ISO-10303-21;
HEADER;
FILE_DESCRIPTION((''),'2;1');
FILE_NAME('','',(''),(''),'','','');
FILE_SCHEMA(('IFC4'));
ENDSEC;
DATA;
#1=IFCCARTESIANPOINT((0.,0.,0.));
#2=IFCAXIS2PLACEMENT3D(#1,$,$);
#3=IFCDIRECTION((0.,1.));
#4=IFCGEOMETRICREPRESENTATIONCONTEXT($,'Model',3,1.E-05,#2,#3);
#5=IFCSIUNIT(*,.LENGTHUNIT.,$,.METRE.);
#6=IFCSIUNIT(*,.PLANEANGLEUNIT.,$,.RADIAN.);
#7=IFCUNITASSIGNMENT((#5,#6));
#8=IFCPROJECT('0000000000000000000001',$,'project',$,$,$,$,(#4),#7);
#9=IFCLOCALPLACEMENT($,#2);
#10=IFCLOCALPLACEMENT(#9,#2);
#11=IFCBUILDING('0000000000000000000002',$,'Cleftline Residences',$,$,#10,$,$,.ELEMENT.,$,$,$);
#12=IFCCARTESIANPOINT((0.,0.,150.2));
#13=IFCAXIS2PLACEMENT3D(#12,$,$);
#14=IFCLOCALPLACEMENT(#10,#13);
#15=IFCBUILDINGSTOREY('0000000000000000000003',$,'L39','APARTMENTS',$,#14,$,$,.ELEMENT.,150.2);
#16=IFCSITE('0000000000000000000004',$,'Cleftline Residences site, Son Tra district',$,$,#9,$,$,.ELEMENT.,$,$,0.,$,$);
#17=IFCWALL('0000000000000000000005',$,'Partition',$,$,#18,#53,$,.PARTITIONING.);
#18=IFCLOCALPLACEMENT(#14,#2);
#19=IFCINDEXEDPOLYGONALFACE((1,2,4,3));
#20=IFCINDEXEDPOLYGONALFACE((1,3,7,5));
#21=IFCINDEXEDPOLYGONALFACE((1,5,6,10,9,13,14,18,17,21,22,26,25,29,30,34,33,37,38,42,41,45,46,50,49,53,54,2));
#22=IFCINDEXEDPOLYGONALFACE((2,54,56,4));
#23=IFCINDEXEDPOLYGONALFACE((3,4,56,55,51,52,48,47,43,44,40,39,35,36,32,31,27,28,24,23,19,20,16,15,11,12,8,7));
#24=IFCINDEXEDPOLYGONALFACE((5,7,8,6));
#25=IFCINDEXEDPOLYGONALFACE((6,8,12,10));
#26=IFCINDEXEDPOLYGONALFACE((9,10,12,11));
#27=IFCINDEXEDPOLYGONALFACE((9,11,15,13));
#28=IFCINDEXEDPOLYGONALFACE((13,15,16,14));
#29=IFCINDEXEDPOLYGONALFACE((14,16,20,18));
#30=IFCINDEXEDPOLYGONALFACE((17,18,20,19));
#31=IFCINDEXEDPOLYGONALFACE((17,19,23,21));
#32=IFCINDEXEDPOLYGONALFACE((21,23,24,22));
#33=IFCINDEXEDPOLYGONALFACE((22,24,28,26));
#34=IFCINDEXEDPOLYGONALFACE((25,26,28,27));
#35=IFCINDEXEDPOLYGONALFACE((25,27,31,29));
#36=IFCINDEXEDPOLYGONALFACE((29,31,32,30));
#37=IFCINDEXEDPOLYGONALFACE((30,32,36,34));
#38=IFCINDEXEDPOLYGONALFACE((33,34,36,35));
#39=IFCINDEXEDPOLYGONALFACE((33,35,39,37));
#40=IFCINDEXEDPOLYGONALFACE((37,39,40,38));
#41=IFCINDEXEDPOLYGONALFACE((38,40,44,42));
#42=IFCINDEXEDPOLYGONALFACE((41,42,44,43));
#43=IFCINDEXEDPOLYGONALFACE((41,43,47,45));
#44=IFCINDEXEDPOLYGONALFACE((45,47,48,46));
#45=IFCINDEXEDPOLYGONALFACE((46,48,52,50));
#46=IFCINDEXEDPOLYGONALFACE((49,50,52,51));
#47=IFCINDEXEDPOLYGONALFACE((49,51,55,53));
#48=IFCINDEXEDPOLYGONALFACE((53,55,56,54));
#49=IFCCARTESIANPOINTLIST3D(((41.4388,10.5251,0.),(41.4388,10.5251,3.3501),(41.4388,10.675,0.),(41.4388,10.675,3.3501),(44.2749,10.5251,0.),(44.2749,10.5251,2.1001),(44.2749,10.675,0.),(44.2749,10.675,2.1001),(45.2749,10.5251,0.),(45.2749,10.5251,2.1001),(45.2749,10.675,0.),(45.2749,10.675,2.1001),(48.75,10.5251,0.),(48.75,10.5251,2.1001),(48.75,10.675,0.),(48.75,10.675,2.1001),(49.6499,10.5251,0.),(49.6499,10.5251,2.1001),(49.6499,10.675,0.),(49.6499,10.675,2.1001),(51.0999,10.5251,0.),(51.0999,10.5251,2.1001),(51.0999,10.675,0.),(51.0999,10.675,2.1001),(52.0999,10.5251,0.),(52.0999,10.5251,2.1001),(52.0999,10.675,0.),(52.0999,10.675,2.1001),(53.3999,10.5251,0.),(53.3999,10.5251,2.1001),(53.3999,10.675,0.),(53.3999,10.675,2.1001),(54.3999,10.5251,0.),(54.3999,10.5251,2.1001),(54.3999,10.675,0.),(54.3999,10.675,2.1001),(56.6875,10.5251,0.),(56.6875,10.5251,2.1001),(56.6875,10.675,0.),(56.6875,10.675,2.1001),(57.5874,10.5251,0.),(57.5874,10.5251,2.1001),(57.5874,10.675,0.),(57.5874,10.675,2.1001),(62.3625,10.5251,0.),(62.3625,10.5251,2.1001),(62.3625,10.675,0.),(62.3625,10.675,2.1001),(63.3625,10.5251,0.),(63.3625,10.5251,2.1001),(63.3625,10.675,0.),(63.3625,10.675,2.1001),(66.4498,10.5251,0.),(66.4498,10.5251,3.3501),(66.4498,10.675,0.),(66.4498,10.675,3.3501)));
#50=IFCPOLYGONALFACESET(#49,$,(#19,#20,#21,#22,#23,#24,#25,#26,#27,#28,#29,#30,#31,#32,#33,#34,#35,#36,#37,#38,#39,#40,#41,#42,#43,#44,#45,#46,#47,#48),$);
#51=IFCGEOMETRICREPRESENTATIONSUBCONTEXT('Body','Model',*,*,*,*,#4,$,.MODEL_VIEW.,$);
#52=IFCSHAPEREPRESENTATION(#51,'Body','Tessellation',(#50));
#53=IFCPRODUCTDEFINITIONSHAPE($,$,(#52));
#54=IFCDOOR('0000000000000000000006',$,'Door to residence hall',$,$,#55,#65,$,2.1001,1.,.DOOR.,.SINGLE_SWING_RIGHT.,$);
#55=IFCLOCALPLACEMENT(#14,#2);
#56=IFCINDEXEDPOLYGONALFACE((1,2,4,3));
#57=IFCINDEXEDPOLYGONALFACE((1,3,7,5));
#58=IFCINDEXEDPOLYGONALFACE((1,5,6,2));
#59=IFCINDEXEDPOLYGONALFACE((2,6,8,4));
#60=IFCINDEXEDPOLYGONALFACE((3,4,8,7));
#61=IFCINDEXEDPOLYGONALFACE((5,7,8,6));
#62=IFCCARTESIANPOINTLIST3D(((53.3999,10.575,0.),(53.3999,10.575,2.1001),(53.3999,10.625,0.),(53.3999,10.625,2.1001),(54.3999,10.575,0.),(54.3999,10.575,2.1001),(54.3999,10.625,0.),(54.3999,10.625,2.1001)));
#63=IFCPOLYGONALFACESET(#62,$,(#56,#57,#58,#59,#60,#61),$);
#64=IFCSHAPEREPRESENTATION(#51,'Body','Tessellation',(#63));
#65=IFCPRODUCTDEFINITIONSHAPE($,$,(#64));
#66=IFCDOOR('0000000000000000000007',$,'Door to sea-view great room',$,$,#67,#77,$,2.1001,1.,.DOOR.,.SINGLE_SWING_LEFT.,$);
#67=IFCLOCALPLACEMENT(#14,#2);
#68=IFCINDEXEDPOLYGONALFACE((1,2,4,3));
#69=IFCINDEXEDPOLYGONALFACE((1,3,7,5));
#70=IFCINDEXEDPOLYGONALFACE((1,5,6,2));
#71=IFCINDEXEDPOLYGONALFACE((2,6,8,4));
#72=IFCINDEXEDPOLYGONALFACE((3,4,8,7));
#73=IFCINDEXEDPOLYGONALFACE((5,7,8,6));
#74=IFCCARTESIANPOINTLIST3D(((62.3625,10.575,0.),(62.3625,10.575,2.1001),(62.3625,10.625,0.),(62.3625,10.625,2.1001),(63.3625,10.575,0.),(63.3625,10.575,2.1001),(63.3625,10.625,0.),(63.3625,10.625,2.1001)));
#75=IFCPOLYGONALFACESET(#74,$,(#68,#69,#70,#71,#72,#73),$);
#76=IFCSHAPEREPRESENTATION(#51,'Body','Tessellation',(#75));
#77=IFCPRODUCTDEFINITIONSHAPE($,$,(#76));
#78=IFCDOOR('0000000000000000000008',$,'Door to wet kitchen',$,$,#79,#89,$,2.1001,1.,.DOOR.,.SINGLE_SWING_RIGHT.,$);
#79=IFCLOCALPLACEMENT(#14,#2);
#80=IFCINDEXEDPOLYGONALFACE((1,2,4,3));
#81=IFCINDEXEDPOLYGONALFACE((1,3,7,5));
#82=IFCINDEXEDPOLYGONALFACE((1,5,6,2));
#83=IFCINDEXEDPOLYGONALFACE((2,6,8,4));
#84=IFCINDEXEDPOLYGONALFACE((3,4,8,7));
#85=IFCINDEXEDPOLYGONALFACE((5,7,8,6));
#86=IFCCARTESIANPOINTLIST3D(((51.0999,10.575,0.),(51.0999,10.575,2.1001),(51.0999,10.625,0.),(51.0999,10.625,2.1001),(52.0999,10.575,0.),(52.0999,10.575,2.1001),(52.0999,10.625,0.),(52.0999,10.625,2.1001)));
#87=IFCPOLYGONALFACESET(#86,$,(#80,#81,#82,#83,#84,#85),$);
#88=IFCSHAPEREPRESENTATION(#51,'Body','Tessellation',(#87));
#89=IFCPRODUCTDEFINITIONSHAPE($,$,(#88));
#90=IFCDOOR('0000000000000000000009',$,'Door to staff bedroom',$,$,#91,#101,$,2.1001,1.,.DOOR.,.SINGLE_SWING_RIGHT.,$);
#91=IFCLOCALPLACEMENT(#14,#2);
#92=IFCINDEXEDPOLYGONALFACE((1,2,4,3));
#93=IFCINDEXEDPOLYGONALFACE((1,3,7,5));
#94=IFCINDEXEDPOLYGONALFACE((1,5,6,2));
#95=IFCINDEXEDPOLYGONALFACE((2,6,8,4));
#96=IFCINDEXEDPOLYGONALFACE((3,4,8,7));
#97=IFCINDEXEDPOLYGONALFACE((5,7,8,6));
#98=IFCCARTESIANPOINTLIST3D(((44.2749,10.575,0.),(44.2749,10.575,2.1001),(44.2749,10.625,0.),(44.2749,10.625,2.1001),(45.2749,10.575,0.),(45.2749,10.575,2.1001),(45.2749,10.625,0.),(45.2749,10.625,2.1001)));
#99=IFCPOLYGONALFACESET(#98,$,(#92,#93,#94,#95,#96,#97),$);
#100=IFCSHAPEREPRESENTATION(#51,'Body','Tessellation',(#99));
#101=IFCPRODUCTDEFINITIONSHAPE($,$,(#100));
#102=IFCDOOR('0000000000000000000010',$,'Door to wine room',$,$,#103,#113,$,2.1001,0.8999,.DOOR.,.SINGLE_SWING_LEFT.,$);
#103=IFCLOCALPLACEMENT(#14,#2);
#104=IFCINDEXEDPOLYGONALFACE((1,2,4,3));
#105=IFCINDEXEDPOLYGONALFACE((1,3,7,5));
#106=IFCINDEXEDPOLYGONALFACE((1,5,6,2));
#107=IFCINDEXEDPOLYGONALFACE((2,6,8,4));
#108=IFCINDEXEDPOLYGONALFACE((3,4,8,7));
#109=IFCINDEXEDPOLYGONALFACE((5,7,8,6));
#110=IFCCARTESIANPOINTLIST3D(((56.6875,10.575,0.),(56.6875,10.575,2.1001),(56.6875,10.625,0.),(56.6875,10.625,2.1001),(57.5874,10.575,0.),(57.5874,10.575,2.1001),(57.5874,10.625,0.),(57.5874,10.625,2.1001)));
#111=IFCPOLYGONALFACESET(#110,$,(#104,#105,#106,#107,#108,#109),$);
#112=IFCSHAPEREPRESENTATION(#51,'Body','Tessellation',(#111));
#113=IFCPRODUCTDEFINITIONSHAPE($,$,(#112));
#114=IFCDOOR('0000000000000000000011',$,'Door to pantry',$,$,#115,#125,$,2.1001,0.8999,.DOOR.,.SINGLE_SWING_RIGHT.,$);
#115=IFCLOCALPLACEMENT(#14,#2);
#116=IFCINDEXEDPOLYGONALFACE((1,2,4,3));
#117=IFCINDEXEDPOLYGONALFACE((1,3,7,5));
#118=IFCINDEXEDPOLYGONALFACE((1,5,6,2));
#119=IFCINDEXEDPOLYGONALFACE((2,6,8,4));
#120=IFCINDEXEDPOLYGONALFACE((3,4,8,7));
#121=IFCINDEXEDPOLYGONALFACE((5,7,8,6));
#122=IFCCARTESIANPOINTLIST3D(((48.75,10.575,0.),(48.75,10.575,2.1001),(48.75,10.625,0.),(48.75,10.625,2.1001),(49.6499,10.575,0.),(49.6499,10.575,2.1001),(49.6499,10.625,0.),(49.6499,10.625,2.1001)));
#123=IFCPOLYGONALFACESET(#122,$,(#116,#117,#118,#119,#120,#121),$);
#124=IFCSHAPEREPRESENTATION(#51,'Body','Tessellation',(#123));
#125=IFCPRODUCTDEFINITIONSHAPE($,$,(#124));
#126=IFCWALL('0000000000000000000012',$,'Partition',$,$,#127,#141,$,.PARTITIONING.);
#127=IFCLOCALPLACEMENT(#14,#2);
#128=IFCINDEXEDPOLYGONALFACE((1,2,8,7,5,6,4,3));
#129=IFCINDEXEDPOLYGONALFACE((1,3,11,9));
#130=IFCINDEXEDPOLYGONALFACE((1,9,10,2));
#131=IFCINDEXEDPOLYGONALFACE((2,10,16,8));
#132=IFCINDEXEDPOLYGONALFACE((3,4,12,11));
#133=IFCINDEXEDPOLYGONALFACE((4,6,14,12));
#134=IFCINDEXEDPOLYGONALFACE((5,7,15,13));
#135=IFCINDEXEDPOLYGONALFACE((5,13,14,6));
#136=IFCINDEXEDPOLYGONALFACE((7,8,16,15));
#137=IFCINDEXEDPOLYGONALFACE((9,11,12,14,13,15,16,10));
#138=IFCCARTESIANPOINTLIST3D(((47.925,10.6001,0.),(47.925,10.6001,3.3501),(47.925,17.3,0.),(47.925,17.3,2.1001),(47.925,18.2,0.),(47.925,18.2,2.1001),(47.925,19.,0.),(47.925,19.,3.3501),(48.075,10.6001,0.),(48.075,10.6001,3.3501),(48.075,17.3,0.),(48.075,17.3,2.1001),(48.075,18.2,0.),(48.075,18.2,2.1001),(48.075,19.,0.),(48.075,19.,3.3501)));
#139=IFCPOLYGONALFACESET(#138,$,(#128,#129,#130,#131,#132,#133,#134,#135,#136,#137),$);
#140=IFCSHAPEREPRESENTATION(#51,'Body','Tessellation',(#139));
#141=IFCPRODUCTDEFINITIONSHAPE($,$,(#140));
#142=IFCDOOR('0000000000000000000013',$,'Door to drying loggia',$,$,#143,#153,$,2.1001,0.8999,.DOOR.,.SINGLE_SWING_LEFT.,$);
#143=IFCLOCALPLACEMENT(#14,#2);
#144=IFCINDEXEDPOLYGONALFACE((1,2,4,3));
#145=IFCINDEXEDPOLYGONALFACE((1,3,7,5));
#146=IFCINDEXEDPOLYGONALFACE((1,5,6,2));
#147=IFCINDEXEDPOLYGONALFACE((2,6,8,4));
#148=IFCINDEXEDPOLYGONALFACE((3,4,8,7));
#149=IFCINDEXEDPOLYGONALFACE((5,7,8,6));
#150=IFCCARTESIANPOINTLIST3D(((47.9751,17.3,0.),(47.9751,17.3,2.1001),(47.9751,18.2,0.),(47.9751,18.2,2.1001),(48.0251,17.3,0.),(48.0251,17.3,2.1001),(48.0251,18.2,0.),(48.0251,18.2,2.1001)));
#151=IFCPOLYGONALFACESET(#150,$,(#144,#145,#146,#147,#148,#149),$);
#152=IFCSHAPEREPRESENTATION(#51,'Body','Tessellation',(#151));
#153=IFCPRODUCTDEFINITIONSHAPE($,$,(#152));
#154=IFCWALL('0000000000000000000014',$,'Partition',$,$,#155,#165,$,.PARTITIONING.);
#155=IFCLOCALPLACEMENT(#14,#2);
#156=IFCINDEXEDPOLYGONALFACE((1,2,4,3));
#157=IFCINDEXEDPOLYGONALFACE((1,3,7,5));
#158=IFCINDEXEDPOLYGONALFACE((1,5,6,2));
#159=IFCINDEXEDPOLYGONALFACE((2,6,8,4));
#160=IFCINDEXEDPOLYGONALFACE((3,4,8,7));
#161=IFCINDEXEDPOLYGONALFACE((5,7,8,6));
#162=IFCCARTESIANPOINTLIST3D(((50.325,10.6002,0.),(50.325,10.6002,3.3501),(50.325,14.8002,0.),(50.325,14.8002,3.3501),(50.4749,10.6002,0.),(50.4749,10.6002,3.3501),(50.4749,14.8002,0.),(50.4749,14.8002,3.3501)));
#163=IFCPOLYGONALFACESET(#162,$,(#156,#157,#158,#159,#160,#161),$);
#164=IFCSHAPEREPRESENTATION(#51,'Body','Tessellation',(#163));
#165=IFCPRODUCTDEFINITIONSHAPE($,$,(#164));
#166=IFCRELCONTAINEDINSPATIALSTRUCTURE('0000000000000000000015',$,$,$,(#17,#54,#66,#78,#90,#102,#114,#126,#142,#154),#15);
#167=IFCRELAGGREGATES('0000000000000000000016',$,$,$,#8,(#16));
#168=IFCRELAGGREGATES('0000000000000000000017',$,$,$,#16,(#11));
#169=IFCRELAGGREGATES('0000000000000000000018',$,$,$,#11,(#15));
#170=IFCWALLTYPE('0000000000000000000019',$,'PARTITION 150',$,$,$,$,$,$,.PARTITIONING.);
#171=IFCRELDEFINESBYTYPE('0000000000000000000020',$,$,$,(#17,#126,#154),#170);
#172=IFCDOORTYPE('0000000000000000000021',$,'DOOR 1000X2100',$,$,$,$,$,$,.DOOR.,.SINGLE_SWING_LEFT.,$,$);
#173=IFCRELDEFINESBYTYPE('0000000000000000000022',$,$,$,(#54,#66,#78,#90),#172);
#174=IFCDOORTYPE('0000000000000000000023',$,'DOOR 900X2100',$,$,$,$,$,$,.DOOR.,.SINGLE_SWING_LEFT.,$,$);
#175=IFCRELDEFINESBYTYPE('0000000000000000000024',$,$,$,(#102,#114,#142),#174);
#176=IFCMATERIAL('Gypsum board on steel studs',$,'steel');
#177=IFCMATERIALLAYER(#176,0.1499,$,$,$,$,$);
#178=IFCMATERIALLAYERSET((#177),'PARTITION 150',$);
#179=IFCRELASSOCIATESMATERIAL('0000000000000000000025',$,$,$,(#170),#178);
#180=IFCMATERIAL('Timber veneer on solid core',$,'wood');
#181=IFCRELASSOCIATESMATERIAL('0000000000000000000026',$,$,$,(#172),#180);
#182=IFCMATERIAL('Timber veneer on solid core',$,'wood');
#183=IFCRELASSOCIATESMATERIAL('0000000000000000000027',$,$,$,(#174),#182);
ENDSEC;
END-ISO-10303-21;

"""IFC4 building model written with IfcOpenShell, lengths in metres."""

from ifc_helpers import new_model, si_unit, direction, frame, frame_2d, origin, place, context, subcontext, project, spatial, rectangle, extrude, material, layer, layer_set, type_object, element, fill, save


model = new_model("IFC4")

# Units and contexts
model_context = context("Model", 3, precision=1e-05, world=origin(), true_north=direction((0.0, 1.0)))
body_context = subcontext(model_context, "Body", "Model", "MODEL_VIEW")
ifc_project = project(units=[si_unit("LENGTHUNIT", "METRE"), si_unit("PLANEANGLEUNIT", "RADIAN")], contexts=[model_context])

# Site, building, storey
site_placement = place(None, origin())
site = spatial("IfcSite", under=ifc_project, at=site_placement, Name="Cleftline Residences site, Son Tra district", CompositionType="ELEMENT", RefElevation=0.0)
building_placement = place(site_placement, origin())
building = spatial("IfcBuilding", under=site, at=building_placement, Name="Cleftline Residences", CompositionType="ELEMENT")
storey_placement = place(building_placement, frame((0.0, 0.0, 150.2)))
storey = spatial("IfcBuildingStorey", under=building, at=storey_placement, Name="L39", Description="APARTMENTS", CompositionType="ELEMENT", Elevation=150.2)

# Shared definitions
ifc_material_1 = material(Name="Gypsum board on steel studs", Category="steel")
ifc_layer_1 = layer(ifc_material_1, 0.1499)
ifc_layer_set_1 = layer_set([ifc_layer_1], Name="PARTITION 150")
wall_type = type_object("IfcWallType", Name="PARTITION 150", PredefinedType="PARTITIONING", material=ifc_layer_set_1)
ifc_material_2 = material(Name="Timber veneer on solid core", Category="wood")
door_type_1 = type_object("IfcDoorType", Name="DOOR 1000X2100", OperationType="SINGLE_SWING_LEFT", PredefinedType="DOOR", material=ifc_material_2)

# Wall, openings, doors
wall_1_placement = place(storey_placement, frame((41.439, 10.6001, 0.0), z_axis=(0.0, 0.0, 1.0), x_axis=(1.0, 0.0, 0.0)))
wall_1 = element("IfcWall", 1, at=wall_1_placement, inside=storey, type_object=wall_type, Name="Partition", PredefinedType="PARTITIONING", context=body_context, shape_type="SweptSolid", body=[
    extrude(rectangle(XDim=25.011, YDim=0.1499, at=frame_2d((12.5054, 0.0))), origin(), (0.0, 0.0, 1.0), 3.3501),
])
opening_1_placement = place(wall_1_placement, frame((11.9609, 0.0, 0.0)))
opening_1 = element("IfcOpeningElement", 2, at=opening_1_placement, cuts=wall_1, PredefinedType="OPENING", context=body_context, shape_type="SweptSolid", body=[
    extrude(rectangle(XDim=1.0, YDim=2.1001, at=frame_2d((0.5, 1.05))), frame((0.0, 0.085, 0.0), z_axis=(0.0, -1.0, 0.0), x_axis=(1.0, 0.0, 0.0)), (0.0, 0.0, 1.0), 0.1699),
])
opening_2_placement = place(wall_1_placement, frame((20.9236, 0.0, 0.0)))
opening_2 = element("IfcOpeningElement", 3, at=opening_2_placement, cuts=wall_1, PredefinedType="OPENING", context=body_context, shape_type="SweptSolid", body=[
    extrude(rectangle(XDim=1.0, YDim=2.1001, at=frame_2d((0.5, 1.05))), frame((0.0, 0.085, 0.0), z_axis=(0.0, -1.0, 0.0), x_axis=(1.0, 0.0, 0.0)), (0.0, 0.0, 1.0), 0.1699),
])
opening_3_placement = place(wall_1_placement, frame((15.2485, 0.0, 0.0)))
opening_3 = element("IfcOpeningElement", 4, at=opening_3_placement, cuts=wall_1, PredefinedType="OPENING", context=body_context, shape_type="SweptSolid", body=[
    extrude(rectangle(XDim=0.8999, YDim=2.1001, at=frame_2d((0.45, 1.05))), frame((0.0, 0.085, 0.0), z_axis=(0.0, -1.0, 0.0), x_axis=(1.0, 0.0, 0.0)), (0.0, 0.0, 1.0), 0.1699),
])
opening_4_placement = place(wall_1_placement, frame((9.6609, 0.0, 0.0)))
opening_4 = element("IfcOpeningElement", 5, at=opening_4_placement, cuts=wall_1, PredefinedType="OPENING", context=body_context, shape_type="SweptSolid", body=[
    extrude(rectangle(XDim=1.0, YDim=2.1001, at=frame_2d((0.5, 1.05))), frame((0.0, 0.085, 0.0), z_axis=(0.0, -1.0, 0.0), x_axis=(1.0, 0.0, 0.0)), (0.0, 0.0, 1.0), 0.1699),
])
opening_5_placement = place(wall_1_placement, frame((7.311, 0.0, 0.0)))
opening_5 = element("IfcOpeningElement", 6, at=opening_5_placement, cuts=wall_1, PredefinedType="OPENING", context=body_context, shape_type="SweptSolid", body=[
    extrude(rectangle(XDim=0.8999, YDim=2.1001, at=frame_2d((0.45, 1.05))), frame((0.0, 0.085, 0.0), z_axis=(0.0, -1.0, 0.0), x_axis=(1.0, 0.0, 0.0)), (0.0, 0.0, 1.0), 0.1699),
])
opening_6_placement = place(wall_1_placement, frame((2.8359, 0.0, 0.0)))
opening_6 = element("IfcOpeningElement", 7, at=opening_6_placement, cuts=wall_1, PredefinedType="OPENING", context=body_context, shape_type="SweptSolid", body=[
    extrude(rectangle(XDim=1.0, YDim=2.1001, at=frame_2d((0.5, 1.05))), frame((0.0, 0.085, 0.0), z_axis=(0.0, -1.0, 0.0), x_axis=(1.0, 0.0, 0.0)), (0.0, 0.0, 1.0), 0.1699),
])
door_1_placement = place(opening_1_placement, origin())
door_1 = element("IfcDoor", 8, at=door_1_placement, inside=storey, type_object=door_type_1, Name="Door to residence hall", OperationType="SINGLE_SWING_RIGHT", OverallHeight=2.1001, OverallWidth=1.0, PredefinedType="DOOR", context=body_context, shape_type="SweptSolid", body=[
    extrude(rectangle(XDim=1.0, YDim=2.1001, at=frame_2d((0.5, 1.05))), frame((0.0, 0.0249, 0.0), z_axis=(0.0, -1.0, 0.0), x_axis=(1.0, 0.0, 0.0)), (0.0, 0.0, 1.0), 0.05),
])
fill(opening_1, door_1)
door_2_placement = place(opening_2_placement, origin())
door_2 = element("IfcDoor", 9, at=door_2_placement, inside=storey, type_object=door_type_1, Name="Door to sea-view great room", OperationType="SINGLE_SWING_LEFT", OverallHeight=2.1001, OverallWidth=1.0, PredefinedType="DOOR", context=body_context, shape_type="SweptSolid", body=[
    extrude(rectangle(XDim=1.0, YDim=2.1001, at=frame_2d((0.5, 1.05))), frame((0.0, 0.0249, 0.0), z_axis=(0.0, -1.0, 0.0), x_axis=(1.0, 0.0, 0.0)), (0.0, 0.0, 1.0), 0.05),
])
fill(opening_2, door_2)
door_3_placement = place(opening_4_placement, origin())
door_3 = element("IfcDoor", 10, at=door_3_placement, inside=storey, type_object=door_type_1, Name="Door to wet kitchen", OperationType="SINGLE_SWING_RIGHT", OverallHeight=2.1001, OverallWidth=1.0, PredefinedType="DOOR", context=body_context, shape_type="SweptSolid", body=[
    extrude(rectangle(XDim=1.0, YDim=2.1001, at=frame_2d((0.5, 1.05))), frame((0.0, 0.0249, 0.0), z_axis=(0.0, -1.0, 0.0), x_axis=(1.0, 0.0, 0.0)), (0.0, 0.0, 1.0), 0.05),
])
fill(opening_4, door_3)
door_4_placement = place(opening_6_placement, origin())
door_4 = element("IfcDoor", 11, at=door_4_placement, inside=storey, type_object=door_type_1, Name="Door to staff bedroom", OperationType="SINGLE_SWING_RIGHT", OverallHeight=2.1001, OverallWidth=1.0, PredefinedType="DOOR", context=body_context, shape_type="SweptSolid", body=[
    extrude(rectangle(XDim=1.0, YDim=2.1001, at=frame_2d((0.5, 1.05))), frame((0.0, 0.0249, 0.0), z_axis=(0.0, -1.0, 0.0), x_axis=(1.0, 0.0, 0.0)), (0.0, 0.0, 1.0), 0.05),
])
fill(opening_6, door_4)
ifc_material_3 = material(Name="Timber veneer on solid core", Category="wood")
door_type_2 = type_object("IfcDoorType", Name="DOOR 900X2100", OperationType="SINGLE_SWING_LEFT", PredefinedType="DOOR", material=ifc_material_3)
door_5_placement = place(opening_3_placement, origin())
door_5 = element("IfcDoor", 12, at=door_5_placement, inside=storey, type_object=door_type_2, Name="Door to wine room", OperationType="SINGLE_SWING_LEFT", OverallHeight=2.1001, OverallWidth=0.8999, PredefinedType="DOOR", context=body_context, shape_type="SweptSolid", body=[
    extrude(rectangle(XDim=0.8999, YDim=2.1001, at=frame_2d((0.45, 1.05))), frame((0.0, 0.0249, 0.0), z_axis=(0.0, -1.0, 0.0), x_axis=(1.0, 0.0, 0.0)), (0.0, 0.0, 1.0), 0.05),
])
fill(opening_3, door_5)
door_6_placement = place(opening_5_placement, origin())
door_6 = element("IfcDoor", 13, at=door_6_placement, inside=storey, type_object=door_type_2, Name="Door to pantry", OperationType="SINGLE_SWING_RIGHT", OverallHeight=2.1001, OverallWidth=0.8999, PredefinedType="DOOR", context=body_context, shape_type="SweptSolid", body=[
    extrude(rectangle(XDim=0.8999, YDim=2.1001, at=frame_2d((0.45, 1.05))), frame((0.0, 0.0249, 0.0), z_axis=(0.0, -1.0, 0.0), x_axis=(1.0, 0.0, 0.0)), (0.0, 0.0, 1.0), 0.05),
])
fill(opening_5, door_6)

# Wall, opening, door
wall_2_placement = place(storey_placement, frame((48.0, 10.6001, 0.0), z_axis=(0.0, 0.0, 1.0), x_axis=(0.0, 1.0, 0.0)))
wall_2 = element("IfcWall", 14, at=wall_2_placement, inside=storey, type_object=wall_type, Name="Partition", PredefinedType="PARTITIONING", context=body_context, shape_type="SweptSolid", body=[
    extrude(rectangle(XDim=8.3999, YDim=0.1499, at=frame_2d((4.2, 0.0))), origin(), (0.0, 0.0, 1.0), 3.3501),
])
opening_7_placement = place(wall_2_placement, frame((6.7, 0.0, 0.0)))
opening_7 = element("IfcOpeningElement", 15, at=opening_7_placement, cuts=wall_2, PredefinedType="OPENING", context=body_context, shape_type="SweptSolid", body=[
    extrude(rectangle(XDim=0.8999, YDim=2.1001, at=frame_2d((0.45, 1.05))), frame((0.0, 0.085, 0.0), z_axis=(0.0, -1.0, 0.0), x_axis=(1.0, 0.0, 0.0)), (0.0, 0.0, 1.0), 0.1699),
])
door_7_placement = place(opening_7_placement, origin())
door_7 = element("IfcDoor", 16, at=door_7_placement, inside=storey, type_object=door_type_2, Name="Door to drying loggia", OperationType="SINGLE_SWING_LEFT", OverallHeight=2.1001, OverallWidth=0.8999, PredefinedType="DOOR", context=body_context, shape_type="SweptSolid", body=[
    extrude(rectangle(XDim=0.8999, YDim=2.1001, at=frame_2d((0.45, 1.05))), frame((0.0, 0.0249, 0.0), z_axis=(0.0, -1.0, 0.0), x_axis=(1.0, 0.0, 0.0)), (0.0, 0.0, 1.0), 0.05),
])
fill(opening_7, door_7)

# Wall
wall_3_placement = place(storey_placement, frame((50.3999, 10.6001, 0.0), z_axis=(0.0, 0.0, 1.0), x_axis=(0.0, 1.0, 0.0)))
element("IfcWall", 17, at=wall_3_placement, inside=storey, type_object=wall_type, Name="Partition", PredefinedType="PARTITIONING", context=body_context, shape_type="SweptSolid", body=[
    extrude(rectangle(XDim=4.2, YDim=0.1499, at=frame_2d((2.1001, 0.0))), origin(), (0.0, 0.0, 1.0), 3.3501),
])

save(model, "model.ifc")
